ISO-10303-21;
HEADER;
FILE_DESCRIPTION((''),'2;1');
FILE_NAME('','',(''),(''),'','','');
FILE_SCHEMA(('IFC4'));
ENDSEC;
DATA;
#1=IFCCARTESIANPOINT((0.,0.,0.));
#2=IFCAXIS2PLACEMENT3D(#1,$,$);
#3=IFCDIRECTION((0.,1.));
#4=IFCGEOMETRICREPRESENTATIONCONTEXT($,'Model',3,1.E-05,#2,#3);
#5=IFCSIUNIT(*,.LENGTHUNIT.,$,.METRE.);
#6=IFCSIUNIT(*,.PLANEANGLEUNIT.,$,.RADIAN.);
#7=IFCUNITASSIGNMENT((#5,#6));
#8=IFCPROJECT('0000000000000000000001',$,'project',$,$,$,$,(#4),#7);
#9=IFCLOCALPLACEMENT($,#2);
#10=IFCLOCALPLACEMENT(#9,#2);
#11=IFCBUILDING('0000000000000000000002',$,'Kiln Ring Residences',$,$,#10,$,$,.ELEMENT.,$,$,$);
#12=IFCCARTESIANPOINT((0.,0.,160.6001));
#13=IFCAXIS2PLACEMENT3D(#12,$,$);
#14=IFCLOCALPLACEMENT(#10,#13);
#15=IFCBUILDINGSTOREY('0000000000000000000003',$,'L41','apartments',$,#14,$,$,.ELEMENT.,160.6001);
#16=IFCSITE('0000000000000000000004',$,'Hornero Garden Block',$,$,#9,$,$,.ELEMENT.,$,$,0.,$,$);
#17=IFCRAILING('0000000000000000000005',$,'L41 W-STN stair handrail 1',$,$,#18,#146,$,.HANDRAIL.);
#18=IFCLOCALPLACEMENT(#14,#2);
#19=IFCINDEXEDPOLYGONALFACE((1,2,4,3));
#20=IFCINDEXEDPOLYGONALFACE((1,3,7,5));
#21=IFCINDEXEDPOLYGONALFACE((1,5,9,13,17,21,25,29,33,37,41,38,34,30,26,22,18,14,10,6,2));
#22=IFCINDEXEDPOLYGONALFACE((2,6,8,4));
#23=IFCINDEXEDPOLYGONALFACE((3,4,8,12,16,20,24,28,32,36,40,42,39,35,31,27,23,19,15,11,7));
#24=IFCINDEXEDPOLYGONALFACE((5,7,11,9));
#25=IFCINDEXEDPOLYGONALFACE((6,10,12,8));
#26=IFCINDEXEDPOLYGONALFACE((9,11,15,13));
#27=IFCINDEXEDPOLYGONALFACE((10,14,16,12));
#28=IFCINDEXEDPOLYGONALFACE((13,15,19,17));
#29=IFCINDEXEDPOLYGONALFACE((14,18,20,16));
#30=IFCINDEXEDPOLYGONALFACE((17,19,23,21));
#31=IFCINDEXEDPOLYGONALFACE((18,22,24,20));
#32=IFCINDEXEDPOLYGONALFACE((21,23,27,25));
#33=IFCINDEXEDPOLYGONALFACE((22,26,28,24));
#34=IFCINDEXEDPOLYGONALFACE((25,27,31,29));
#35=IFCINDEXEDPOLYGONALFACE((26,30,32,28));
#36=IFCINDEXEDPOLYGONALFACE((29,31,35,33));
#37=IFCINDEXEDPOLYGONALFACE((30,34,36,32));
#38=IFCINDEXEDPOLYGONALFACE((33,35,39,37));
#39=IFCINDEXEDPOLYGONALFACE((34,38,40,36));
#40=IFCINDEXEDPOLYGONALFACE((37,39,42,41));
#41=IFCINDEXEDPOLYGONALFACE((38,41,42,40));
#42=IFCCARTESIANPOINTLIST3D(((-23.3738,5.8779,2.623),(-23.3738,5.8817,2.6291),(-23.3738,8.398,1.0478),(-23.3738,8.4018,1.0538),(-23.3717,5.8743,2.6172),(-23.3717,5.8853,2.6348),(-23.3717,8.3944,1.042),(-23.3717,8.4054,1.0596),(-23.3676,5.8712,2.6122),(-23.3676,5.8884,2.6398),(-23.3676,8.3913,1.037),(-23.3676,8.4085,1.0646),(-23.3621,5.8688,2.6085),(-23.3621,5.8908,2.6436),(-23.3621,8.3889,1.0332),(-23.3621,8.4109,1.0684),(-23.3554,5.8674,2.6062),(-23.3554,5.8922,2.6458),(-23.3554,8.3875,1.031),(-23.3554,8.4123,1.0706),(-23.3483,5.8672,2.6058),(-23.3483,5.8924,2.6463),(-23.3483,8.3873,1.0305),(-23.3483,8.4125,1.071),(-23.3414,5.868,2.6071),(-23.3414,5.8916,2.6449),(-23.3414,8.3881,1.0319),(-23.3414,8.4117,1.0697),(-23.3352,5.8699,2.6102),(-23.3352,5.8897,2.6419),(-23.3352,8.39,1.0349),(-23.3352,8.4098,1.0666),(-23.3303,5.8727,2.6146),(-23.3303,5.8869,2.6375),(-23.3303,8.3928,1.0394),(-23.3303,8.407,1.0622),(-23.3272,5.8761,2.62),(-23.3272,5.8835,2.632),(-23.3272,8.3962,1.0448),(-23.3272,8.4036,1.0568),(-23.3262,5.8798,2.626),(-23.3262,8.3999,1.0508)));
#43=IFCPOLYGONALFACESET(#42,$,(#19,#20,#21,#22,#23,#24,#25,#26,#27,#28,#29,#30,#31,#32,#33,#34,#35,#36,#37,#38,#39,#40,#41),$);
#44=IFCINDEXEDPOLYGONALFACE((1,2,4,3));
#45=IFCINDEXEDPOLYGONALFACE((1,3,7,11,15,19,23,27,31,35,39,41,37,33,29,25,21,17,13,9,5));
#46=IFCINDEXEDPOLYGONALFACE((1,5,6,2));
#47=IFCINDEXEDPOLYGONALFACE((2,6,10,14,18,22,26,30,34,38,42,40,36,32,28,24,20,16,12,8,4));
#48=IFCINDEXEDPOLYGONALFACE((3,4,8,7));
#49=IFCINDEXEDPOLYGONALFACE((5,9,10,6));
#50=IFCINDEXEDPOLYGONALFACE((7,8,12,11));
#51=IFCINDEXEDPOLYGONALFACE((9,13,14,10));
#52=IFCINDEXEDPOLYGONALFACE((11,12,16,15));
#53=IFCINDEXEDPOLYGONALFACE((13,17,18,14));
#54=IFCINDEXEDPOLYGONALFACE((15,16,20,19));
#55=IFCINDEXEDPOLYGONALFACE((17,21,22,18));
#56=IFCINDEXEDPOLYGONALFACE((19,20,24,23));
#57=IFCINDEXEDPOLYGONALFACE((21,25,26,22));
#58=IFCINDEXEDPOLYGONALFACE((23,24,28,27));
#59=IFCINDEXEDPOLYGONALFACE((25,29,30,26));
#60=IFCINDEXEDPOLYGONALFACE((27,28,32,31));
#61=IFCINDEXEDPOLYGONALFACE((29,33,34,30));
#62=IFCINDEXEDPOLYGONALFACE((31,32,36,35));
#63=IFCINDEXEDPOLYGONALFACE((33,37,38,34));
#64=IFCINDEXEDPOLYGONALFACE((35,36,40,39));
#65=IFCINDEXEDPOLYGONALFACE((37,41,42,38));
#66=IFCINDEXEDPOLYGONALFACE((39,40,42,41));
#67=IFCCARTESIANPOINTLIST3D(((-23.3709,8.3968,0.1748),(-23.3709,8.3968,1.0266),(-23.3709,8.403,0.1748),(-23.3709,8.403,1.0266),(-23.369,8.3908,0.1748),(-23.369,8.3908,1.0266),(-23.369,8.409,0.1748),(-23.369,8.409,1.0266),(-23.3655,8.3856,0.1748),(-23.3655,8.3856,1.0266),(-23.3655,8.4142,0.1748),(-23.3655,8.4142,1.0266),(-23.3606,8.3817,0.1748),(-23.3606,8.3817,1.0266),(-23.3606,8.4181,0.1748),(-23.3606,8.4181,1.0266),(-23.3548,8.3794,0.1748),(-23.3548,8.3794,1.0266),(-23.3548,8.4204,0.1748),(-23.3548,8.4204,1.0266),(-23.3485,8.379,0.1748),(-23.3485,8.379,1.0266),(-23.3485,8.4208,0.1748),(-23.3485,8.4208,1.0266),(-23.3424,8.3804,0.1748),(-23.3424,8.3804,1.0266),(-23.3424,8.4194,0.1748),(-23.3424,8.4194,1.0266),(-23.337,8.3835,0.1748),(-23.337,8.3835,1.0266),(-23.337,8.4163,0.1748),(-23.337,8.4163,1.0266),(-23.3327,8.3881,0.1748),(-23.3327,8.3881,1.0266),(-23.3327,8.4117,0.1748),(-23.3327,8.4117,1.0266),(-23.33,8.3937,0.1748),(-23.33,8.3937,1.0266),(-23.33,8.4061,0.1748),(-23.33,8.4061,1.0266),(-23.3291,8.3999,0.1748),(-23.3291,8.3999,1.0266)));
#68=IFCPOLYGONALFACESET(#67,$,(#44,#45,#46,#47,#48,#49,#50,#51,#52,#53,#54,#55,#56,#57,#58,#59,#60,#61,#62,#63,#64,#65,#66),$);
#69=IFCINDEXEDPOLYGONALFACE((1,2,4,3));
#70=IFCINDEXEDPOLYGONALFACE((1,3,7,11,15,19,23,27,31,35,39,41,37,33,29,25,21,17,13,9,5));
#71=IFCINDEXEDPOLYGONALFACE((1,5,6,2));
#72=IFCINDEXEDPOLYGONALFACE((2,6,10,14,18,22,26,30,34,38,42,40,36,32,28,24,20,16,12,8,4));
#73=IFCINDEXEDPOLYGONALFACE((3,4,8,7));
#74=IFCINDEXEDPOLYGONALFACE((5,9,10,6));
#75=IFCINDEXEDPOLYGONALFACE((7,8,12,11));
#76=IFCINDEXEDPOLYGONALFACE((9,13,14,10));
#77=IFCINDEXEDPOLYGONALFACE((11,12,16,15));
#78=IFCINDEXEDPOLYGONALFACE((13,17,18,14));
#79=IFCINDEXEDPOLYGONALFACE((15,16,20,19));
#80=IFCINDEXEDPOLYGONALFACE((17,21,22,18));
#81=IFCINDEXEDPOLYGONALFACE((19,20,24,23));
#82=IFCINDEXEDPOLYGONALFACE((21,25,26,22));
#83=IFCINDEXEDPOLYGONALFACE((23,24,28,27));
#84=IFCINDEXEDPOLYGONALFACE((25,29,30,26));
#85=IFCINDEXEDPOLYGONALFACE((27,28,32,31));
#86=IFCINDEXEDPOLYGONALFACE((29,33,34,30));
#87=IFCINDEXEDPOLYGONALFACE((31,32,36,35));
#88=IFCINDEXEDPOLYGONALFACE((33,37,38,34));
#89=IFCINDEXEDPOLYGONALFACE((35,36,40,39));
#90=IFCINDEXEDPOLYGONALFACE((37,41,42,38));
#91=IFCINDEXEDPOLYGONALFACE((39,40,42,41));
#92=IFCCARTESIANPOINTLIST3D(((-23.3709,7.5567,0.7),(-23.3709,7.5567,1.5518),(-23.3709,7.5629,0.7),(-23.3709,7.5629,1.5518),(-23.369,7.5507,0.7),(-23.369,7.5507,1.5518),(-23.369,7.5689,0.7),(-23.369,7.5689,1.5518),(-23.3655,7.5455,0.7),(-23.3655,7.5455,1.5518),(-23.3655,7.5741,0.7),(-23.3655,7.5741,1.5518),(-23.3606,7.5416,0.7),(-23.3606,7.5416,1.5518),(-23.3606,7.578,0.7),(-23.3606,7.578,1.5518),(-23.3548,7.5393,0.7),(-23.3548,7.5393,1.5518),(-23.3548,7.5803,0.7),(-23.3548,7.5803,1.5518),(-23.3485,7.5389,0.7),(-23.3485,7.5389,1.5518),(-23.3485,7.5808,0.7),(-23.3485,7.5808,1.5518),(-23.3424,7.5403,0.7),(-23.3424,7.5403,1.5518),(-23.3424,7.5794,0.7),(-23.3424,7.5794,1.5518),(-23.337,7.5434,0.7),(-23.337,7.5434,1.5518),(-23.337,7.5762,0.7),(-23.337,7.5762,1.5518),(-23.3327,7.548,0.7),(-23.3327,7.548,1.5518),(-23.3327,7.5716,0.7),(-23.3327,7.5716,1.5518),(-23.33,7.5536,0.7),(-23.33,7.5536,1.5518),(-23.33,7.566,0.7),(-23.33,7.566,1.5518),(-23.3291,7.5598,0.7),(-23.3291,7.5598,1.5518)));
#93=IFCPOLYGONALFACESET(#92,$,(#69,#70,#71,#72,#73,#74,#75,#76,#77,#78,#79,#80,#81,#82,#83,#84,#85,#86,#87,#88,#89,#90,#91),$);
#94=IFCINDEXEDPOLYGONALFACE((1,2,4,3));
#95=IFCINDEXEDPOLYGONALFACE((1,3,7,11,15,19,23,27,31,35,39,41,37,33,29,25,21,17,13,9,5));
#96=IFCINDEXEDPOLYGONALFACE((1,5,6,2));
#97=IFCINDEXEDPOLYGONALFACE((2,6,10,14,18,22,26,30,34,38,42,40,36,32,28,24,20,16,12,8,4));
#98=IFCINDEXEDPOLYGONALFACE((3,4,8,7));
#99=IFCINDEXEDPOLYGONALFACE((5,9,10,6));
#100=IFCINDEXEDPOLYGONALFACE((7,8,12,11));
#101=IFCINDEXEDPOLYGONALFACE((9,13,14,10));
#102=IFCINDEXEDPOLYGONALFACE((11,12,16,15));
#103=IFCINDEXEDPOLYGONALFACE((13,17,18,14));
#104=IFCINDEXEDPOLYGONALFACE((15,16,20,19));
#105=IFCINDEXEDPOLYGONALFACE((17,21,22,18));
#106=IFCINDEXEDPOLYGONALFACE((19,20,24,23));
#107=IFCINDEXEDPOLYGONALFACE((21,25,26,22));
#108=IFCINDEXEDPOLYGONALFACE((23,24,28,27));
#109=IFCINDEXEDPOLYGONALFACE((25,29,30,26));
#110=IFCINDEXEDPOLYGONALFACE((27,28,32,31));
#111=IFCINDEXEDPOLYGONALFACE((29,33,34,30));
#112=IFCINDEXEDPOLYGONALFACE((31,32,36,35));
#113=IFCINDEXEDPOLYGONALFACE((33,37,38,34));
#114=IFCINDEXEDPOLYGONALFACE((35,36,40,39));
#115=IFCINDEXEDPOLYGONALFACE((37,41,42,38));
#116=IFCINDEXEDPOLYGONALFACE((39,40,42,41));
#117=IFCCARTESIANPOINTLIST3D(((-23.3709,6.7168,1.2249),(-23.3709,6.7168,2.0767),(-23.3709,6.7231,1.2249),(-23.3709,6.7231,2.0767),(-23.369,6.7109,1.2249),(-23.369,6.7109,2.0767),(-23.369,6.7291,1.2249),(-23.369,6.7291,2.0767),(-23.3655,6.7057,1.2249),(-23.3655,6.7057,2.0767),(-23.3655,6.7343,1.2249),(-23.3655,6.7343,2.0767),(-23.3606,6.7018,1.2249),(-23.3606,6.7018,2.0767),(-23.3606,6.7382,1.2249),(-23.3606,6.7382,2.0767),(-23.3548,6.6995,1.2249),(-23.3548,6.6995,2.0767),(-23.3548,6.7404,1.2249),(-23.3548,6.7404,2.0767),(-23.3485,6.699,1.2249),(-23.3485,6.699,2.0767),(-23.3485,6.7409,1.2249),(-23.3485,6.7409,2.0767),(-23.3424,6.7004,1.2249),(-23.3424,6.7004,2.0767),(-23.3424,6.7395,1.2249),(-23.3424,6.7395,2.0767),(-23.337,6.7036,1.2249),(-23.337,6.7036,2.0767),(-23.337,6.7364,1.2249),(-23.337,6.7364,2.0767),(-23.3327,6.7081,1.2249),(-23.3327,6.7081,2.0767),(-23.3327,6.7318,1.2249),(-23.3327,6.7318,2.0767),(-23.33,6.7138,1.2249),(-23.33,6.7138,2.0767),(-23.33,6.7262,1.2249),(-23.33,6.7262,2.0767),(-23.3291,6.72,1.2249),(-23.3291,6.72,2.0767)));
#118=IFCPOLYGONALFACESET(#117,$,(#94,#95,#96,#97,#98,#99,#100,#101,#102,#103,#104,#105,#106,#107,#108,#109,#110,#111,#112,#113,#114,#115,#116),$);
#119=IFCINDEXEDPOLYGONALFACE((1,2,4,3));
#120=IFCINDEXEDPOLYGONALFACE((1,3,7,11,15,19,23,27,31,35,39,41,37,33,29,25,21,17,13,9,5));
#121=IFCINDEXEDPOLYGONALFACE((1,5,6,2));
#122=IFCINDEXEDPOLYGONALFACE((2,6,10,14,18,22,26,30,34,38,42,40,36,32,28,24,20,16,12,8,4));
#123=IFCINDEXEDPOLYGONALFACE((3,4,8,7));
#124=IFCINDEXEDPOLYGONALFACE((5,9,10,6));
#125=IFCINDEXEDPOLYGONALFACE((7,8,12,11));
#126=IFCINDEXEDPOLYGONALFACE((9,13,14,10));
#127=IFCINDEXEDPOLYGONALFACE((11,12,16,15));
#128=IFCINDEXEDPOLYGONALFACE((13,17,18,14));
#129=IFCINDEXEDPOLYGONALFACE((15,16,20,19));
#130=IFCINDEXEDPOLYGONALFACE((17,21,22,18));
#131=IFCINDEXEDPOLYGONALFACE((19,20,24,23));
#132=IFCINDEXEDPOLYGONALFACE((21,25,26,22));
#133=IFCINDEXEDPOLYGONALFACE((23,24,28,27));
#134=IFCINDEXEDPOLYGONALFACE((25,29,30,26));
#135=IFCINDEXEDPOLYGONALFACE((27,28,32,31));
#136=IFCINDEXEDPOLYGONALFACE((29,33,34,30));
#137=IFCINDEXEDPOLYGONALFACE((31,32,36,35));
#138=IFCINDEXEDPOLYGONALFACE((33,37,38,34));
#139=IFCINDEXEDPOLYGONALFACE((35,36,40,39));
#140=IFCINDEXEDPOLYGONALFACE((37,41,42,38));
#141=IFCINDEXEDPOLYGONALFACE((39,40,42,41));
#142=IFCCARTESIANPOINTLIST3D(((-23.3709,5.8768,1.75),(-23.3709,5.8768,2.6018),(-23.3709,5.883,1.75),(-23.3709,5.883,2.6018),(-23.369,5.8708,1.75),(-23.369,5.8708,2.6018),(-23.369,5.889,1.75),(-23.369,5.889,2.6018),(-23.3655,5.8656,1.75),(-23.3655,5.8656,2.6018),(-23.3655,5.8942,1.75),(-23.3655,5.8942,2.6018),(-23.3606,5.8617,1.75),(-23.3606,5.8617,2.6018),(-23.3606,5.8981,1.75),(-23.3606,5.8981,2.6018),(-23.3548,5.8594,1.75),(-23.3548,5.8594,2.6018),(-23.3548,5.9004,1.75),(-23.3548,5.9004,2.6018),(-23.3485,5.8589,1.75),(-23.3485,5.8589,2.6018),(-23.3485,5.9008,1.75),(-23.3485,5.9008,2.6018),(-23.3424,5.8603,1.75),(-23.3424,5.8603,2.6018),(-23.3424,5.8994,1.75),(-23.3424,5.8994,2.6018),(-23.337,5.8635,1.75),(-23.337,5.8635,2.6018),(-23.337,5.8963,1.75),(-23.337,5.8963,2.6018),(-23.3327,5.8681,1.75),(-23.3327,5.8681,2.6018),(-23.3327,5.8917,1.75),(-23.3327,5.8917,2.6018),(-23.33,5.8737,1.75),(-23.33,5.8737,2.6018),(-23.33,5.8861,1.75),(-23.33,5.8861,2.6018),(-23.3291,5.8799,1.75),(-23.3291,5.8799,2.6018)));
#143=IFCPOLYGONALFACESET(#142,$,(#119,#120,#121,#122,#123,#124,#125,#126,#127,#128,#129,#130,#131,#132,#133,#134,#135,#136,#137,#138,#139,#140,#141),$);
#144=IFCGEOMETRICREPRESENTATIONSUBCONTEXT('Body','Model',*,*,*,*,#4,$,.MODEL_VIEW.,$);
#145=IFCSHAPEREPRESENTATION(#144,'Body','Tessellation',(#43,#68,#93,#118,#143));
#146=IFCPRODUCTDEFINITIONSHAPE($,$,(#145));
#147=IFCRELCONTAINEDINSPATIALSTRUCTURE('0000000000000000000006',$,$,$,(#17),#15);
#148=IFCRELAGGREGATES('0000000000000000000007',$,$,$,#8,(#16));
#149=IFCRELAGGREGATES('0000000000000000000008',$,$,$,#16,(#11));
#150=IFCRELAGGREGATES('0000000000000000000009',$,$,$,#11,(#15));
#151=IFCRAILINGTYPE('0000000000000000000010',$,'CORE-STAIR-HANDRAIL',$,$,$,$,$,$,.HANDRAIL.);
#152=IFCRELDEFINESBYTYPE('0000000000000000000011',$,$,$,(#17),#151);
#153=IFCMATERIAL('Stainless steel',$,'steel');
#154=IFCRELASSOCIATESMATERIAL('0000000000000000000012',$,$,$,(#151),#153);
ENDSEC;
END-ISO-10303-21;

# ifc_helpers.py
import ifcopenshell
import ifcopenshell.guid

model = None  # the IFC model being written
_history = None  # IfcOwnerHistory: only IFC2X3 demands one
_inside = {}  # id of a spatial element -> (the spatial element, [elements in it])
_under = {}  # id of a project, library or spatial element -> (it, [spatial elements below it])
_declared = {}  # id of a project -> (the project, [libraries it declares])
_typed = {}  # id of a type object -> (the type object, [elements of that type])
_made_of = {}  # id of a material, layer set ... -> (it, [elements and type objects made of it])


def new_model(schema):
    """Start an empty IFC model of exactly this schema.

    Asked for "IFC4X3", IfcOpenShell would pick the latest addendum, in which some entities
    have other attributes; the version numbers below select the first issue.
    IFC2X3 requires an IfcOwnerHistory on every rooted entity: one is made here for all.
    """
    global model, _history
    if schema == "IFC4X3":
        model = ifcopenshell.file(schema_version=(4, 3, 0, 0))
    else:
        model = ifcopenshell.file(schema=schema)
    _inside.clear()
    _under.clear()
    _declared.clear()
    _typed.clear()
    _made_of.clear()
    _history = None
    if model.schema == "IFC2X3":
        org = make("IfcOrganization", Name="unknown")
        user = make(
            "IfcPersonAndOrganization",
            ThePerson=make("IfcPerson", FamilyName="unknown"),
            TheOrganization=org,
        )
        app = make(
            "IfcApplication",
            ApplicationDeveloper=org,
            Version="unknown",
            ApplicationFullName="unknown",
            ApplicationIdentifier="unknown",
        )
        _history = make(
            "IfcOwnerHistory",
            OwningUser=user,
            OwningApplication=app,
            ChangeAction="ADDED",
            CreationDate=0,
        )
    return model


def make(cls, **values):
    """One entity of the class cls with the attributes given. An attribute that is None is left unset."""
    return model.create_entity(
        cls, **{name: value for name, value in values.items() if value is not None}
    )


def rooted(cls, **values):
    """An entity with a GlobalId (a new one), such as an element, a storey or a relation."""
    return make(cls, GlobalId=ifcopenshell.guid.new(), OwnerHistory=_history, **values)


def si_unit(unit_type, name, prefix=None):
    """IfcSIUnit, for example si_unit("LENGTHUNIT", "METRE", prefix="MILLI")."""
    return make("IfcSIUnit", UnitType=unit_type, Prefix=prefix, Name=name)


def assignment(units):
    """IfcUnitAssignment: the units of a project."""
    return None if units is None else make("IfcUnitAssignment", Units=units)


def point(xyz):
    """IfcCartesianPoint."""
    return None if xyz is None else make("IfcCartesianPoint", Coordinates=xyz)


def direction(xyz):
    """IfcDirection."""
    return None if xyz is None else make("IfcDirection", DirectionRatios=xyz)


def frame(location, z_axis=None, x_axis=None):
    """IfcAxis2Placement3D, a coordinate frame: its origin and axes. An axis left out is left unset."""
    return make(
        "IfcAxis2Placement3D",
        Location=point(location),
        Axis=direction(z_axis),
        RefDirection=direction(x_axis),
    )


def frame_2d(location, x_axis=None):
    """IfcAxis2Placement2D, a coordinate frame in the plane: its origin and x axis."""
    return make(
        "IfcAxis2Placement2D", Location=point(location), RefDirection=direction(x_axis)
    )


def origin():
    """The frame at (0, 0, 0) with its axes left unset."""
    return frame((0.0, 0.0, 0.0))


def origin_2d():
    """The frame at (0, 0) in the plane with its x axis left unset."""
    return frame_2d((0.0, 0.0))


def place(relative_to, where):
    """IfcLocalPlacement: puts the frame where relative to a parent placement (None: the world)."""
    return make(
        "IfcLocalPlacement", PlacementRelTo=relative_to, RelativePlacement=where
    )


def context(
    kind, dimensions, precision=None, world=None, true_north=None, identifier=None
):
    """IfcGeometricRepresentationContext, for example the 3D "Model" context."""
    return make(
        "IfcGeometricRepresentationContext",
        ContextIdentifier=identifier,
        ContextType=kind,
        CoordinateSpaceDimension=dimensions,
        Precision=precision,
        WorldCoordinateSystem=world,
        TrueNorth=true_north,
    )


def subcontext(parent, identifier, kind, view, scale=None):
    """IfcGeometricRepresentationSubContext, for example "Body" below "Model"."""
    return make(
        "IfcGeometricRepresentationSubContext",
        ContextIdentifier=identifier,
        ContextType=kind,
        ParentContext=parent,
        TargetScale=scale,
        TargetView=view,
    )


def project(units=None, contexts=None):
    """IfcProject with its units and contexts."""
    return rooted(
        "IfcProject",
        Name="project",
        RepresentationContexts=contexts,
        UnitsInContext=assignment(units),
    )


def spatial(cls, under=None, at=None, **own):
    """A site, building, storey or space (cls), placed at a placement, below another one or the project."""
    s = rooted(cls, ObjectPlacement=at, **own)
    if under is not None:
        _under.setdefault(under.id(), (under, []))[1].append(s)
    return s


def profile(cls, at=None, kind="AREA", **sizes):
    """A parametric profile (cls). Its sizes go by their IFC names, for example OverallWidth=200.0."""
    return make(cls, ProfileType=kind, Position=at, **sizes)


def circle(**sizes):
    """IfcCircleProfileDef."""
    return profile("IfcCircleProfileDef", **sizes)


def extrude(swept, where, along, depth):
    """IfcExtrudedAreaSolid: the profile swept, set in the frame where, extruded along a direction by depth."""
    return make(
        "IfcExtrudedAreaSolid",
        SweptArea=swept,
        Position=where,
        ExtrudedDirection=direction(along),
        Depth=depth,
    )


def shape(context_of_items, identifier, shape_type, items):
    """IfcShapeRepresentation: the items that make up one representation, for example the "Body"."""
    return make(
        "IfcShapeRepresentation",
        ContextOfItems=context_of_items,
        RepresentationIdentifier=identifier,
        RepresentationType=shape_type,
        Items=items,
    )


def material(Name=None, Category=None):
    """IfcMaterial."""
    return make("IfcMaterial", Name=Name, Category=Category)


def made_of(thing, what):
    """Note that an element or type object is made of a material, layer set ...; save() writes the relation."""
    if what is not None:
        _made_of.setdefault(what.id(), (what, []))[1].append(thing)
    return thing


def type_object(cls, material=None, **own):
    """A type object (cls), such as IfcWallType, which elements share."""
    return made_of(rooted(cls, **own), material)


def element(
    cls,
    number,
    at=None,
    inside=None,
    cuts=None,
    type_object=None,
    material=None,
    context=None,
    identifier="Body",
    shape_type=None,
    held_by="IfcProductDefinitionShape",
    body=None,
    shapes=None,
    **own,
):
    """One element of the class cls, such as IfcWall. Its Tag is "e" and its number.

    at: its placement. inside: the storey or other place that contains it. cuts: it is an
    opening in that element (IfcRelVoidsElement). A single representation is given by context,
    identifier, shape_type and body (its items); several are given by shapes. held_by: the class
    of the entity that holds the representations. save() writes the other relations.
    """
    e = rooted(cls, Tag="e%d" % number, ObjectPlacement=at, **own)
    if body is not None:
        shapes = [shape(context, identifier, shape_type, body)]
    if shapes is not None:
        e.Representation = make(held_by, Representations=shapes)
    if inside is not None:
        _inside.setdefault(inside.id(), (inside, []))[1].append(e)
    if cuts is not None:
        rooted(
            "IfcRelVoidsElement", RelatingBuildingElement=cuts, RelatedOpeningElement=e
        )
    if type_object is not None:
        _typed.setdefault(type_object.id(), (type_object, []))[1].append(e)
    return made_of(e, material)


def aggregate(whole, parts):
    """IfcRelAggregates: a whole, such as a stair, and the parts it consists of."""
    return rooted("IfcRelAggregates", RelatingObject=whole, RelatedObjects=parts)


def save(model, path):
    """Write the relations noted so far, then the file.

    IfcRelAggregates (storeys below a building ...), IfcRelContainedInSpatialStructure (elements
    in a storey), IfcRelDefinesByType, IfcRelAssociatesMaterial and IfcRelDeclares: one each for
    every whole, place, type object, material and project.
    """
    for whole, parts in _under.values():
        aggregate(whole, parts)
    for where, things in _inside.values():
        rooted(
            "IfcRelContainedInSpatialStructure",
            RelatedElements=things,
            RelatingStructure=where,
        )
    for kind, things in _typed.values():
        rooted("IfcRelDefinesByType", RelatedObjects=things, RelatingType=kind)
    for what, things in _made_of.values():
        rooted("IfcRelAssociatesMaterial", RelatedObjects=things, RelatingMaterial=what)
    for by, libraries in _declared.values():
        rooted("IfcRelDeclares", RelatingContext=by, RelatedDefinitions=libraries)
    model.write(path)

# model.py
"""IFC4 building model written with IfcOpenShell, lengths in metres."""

from ifc_helpers import new_model, si_unit, direction, frame, origin, origin_2d, place, context, subcontext, project, spatial, circle, extrude, material, type_object, element, save


model = new_model("IFC4")

# Units and contexts
model_context = context("Model", 3, precision=1e-05, world=origin(), true_north=direction((0.0, 1.0)))
body_context = subcontext(model_context, "Body", "Model", "MODEL_VIEW")
ifc_project = project(units=[si_unit("LENGTHUNIT", "METRE"), si_unit("PLANEANGLEUNIT", "RADIAN")], contexts=[model_context])

# Site, building, storey
site_placement = place(None, origin())
site = spatial("IfcSite", under=ifc_project, at=site_placement, Name="Hornero Garden Block", CompositionType="ELEMENT", RefElevation=0.0)
building_placement = place(site_placement, origin())
building = spatial("IfcBuilding", under=site, at=building_placement, Name="Kiln Ring Residences", CompositionType="ELEMENT")
storey_placement = place(building_placement, frame((0.0, 0.0, 160.6001)))
storey = spatial("IfcBuildingStorey", under=building, at=storey_placement, Name="L41", Description="apartments", CompositionType="ELEMENT", Elevation=160.6001)

# Railing
ifc_material_1 = material(Name="Stainless steel", Category="steel")
railing_type_1 = type_object("IfcRailingType", Name="CORE-STAIR-HANDRAIL", PredefinedType="HANDRAIL", material=ifc_material_1)
railing_1_placement = place(storey_placement, frame((-23.3501, 8.3999, 0.1748)))
element("IfcRailing", 1, at=railing_1_placement, inside=storey, type_object=railing_type_1, Name="L41 W-STN stair handrail 1", PredefinedType="HANDRAIL", context=body_context, shape_type="SweptSolid", body=[
    extrude(circle(Radius=0.0239, at=origin_2d()), frame((0.0, 0.0, 0.876), z_axis=(0.0, -0.847971, 0.530043), x_axis=(1.0, 0.0, 0.0)), (0.0, 0.0, 1.0), 2.9719),
    extrude(circle(Radius=0.021, at=origin_2d()), origin(), (0.0, 0.0, 1.0), 0.8518),
    extrude(circle(Radius=0.021, at=origin_2d()), frame((0.0, -0.8401, 0.5251)), (0.0, 0.0, 1.0), 0.8518),
    extrude(circle(Radius=0.021, at=origin_2d()), frame((0.0, -1.6799, 1.05)), (0.0, 0.0, 1.0), 0.8518),
    extrude(circle(Radius=0.021, at=origin_2d()), frame((0.0, -2.52, 1.5752)), (0.0, 0.0, 1.0), 0.8518),
])

save(model, "model.ifc")
